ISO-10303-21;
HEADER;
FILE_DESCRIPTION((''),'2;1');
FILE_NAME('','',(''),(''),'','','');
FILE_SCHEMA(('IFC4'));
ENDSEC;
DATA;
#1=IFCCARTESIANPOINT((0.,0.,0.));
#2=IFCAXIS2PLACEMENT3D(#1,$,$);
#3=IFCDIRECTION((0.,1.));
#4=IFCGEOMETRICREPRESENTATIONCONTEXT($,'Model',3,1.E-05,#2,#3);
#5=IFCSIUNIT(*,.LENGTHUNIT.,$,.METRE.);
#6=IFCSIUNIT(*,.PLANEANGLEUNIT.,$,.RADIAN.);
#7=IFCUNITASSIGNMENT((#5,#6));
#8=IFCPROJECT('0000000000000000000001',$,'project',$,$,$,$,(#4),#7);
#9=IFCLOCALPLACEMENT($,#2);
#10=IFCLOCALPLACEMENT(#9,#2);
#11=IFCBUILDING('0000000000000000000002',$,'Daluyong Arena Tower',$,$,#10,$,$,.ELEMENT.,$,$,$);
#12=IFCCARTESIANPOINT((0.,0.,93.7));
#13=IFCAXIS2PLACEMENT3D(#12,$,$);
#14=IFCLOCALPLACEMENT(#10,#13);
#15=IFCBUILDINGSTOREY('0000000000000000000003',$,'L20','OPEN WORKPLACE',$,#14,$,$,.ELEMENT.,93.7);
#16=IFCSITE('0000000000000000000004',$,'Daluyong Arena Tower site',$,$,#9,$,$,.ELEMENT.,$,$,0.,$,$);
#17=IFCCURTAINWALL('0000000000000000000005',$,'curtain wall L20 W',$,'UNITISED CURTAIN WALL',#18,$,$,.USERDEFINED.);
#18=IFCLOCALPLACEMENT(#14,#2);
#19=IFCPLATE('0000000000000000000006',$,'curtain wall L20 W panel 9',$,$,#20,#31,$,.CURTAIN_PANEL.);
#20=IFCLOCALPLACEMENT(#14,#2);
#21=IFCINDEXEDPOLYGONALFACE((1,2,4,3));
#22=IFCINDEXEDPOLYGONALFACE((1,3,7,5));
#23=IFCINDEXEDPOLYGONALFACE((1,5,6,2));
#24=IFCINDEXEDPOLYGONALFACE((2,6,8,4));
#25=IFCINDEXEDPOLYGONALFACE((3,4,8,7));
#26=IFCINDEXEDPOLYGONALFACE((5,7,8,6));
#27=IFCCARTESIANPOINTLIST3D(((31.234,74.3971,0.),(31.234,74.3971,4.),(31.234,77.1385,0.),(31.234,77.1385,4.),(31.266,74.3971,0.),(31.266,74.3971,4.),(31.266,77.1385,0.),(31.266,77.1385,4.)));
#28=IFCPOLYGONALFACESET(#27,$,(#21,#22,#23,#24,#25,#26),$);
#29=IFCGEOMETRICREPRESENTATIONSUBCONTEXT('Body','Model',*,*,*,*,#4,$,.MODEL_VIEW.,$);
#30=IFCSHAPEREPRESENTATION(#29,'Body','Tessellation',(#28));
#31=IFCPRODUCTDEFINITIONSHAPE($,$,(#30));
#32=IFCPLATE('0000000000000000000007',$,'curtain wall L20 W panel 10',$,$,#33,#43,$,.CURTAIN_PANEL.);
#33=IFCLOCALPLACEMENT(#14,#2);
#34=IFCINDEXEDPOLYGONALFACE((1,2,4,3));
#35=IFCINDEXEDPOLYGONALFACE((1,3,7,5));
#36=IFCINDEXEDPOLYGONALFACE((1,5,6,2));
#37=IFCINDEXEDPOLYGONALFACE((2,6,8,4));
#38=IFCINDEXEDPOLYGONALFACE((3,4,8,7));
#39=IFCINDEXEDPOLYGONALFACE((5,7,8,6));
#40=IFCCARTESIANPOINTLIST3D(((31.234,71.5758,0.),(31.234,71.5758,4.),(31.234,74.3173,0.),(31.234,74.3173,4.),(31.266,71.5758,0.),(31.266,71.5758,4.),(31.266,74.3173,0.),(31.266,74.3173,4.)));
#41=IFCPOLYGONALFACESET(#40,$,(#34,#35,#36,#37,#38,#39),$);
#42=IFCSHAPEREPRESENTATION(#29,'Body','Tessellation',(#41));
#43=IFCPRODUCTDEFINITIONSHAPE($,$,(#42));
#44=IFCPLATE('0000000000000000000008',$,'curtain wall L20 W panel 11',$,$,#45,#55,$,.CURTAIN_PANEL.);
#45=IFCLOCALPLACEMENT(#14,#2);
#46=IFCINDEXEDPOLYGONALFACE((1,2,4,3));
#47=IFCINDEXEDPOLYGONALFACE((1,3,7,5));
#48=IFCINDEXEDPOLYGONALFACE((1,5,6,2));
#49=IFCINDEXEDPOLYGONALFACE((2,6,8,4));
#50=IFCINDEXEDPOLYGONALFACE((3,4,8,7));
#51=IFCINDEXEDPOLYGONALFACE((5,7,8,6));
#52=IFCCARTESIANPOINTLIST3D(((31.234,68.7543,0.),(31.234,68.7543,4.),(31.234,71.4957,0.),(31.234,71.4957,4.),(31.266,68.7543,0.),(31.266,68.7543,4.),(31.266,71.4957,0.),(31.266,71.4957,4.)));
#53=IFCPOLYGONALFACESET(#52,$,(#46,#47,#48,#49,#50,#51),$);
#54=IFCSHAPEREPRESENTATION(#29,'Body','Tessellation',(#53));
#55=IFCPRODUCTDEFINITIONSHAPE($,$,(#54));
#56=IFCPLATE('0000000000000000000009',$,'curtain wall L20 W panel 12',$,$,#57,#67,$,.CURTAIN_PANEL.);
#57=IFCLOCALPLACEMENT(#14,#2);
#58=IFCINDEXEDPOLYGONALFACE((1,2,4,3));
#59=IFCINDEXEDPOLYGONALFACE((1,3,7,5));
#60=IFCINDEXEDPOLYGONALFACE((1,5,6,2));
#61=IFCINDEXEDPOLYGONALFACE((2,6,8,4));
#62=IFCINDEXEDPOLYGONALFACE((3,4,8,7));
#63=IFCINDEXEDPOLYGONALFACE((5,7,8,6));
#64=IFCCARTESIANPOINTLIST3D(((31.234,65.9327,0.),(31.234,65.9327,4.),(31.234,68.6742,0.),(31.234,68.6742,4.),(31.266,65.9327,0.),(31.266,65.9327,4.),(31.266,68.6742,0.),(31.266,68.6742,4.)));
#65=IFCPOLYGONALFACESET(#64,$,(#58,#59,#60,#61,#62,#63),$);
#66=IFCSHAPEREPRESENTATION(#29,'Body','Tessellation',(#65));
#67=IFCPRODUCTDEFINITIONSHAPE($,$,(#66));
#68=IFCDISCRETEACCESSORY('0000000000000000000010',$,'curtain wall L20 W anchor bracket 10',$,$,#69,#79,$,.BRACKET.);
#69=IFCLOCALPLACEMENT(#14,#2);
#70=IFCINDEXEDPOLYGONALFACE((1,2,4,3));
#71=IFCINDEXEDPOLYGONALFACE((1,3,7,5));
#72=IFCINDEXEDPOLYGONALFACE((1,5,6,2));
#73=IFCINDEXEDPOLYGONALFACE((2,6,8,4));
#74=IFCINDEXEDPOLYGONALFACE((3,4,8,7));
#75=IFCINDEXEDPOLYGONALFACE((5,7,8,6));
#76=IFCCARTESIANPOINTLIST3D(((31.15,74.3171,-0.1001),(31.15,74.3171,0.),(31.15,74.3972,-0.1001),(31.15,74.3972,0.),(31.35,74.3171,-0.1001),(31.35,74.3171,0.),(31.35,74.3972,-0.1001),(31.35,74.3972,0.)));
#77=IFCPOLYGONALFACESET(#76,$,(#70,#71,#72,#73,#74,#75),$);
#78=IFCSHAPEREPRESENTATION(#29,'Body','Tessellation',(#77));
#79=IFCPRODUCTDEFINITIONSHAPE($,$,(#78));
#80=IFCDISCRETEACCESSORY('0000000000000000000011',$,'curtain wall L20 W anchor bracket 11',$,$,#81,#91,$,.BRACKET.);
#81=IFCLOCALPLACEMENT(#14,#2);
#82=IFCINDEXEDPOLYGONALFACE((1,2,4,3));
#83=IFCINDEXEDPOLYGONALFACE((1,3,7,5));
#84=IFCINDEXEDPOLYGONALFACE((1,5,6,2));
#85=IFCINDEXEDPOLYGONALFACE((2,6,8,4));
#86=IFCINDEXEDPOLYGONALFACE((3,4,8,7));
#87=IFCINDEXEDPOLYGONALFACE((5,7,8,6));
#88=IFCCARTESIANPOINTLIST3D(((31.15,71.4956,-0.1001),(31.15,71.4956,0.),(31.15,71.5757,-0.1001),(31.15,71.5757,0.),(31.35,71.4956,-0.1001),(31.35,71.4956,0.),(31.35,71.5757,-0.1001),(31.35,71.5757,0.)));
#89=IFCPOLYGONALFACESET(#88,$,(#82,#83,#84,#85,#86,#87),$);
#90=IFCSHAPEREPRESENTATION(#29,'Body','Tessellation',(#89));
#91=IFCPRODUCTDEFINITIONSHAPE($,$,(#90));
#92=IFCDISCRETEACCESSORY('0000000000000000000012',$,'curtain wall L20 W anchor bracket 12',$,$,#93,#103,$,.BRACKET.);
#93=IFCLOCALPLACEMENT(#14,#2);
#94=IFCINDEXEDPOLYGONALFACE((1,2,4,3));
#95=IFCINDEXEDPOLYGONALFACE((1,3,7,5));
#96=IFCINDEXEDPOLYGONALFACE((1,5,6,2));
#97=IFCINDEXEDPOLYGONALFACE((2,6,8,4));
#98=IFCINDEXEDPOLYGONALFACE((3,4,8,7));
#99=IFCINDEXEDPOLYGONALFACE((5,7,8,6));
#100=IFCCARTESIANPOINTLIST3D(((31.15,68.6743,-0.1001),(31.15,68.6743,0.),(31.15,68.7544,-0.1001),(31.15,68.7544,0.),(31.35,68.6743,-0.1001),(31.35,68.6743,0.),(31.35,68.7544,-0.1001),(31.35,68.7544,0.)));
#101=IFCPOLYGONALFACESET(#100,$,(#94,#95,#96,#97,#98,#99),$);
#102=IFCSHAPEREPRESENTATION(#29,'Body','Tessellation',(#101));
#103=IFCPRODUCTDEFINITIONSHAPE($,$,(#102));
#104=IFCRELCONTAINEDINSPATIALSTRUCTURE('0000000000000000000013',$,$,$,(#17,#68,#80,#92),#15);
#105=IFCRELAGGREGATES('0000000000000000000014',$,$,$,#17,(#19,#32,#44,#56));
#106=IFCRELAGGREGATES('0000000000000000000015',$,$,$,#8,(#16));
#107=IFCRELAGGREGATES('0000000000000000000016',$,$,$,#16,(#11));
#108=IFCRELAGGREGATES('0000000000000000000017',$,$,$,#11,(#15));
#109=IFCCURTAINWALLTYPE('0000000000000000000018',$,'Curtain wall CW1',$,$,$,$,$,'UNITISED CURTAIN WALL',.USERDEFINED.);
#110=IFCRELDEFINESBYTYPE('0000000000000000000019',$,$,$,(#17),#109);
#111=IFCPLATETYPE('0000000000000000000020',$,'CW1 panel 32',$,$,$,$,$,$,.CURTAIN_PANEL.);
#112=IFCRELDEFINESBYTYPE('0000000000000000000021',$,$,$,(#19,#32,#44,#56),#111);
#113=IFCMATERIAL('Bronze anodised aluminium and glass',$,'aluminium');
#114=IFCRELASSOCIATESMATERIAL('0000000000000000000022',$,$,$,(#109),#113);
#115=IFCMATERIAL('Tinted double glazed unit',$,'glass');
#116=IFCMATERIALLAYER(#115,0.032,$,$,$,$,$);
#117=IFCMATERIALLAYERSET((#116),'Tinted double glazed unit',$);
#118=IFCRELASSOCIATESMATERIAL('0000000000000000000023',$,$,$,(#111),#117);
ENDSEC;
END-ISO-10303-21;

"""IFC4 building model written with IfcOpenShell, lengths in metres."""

from ifc_helpers import new_model, si_unit, direction, frame, origin, origin_2d, place, context, subcontext, project, spatial, rectangle, extrude, material, layer, layer_set, type_object, element, aggregate, save


model = new_model("IFC4")

# Units and contexts
model_context = context("Model", 3, precision=1e-05, world=origin(), true_north=direction((0.0, 1.0)))
body_context = subcontext(model_context, "Body", "Model", "MODEL_VIEW")
ifc_project = project(units=[si_unit("LENGTHUNIT", "METRE"), si_unit("PLANEANGLEUNIT", "RADIAN")], contexts=[model_context])

# Site, building, storey
site_placement = place(None, origin())
site = spatial("IfcSite", under=ifc_project, at=site_placement, Name="Daluyong Arena Tower site", CompositionType="ELEMENT", RefElevation=0.0)
building_placement = place(site_placement, origin())
building = spatial("IfcBuilding", under=site, at=building_placement, Name="Daluyong Arena Tower", CompositionType="ELEMENT")
storey_placement = place(building_placement, frame((0.0, 0.0, 93.7)))
storey = spatial("IfcBuildingStorey", under=building, at=storey_placement, Name="L20", Description="OPEN WORKPLACE", CompositionType="ELEMENT", Elevation=93.7)

# Curtain wall
ifc_material_1 = material(Name="Bronze anodised aluminium and glass", Category="aluminium")
curtain_wall_type = type_object("IfcCurtainWallType", Name="Curtain wall CW1", ElementType="UNITISED CURTAIN WALL", PredefinedType="USERDEFINED", material=ifc_material_1)
curtain_wall_placement = place(storey_placement, origin())
curtain_wall = element("IfcCurtainWall", 1, at=curtain_wall_placement, inside=storey, type_object=curtain_wall_type, Name="curtain wall L20 W", ObjectType="UNITISED CURTAIN WALL", PredefinedType="USERDEFINED")

# Plates
ifc_material_2 = material(Name="Tinted double glazed unit", Category="glass")
ifc_layer = layer(ifc_material_2, 0.032)
ifc_layer_set = layer_set([ifc_layer], Name="Tinted double glazed unit")
plate_type = type_object("IfcPlateType", Name="CW1 panel 32", PredefinedType="CURTAIN_PANEL", material=ifc_layer_set)
plate_1_placement = place(storey_placement, frame((31.25, 75.7678, 0.0), z_axis=(0.0, 0.0, 1.0), x_axis=(0.0, -1.0, 0.0)))
plate_1 = element("IfcPlate", 2, at=plate_1_placement, type_object=plate_type, Name="curtain wall L20 W panel 9", PredefinedType="CURTAIN_PANEL", context=body_context, shape_type="SweptSolid", body=[
    extrude(rectangle(XDim=2.7415, YDim=0.032, at=origin_2d()), origin(), (0.0, 0.0, 1.0), 4.0),
])
plate_2_placement = place(storey_placement, frame((31.25, 72.9465, 0.0), z_axis=(0.0, 0.0, 1.0), x_axis=(0.0, -1.0, 0.0)))
plate_2 = element("IfcPlate", 3, at=plate_2_placement, type_object=plate_type, Name="curtain wall L20 W panel 10", PredefinedType="CURTAIN_PANEL", context=body_context, shape_type="SweptSolid", body=[
    extrude(rectangle(XDim=2.7415, YDim=0.032, at=origin_2d()), origin(), (0.0, 0.0, 1.0), 4.0),
])
plate_3_placement = place(storey_placement, frame((31.25, 70.125, 0.0), z_axis=(0.0, 0.0, 1.0), x_axis=(0.0, -1.0, 0.0)))
plate_3 = element("IfcPlate", 4, at=plate_3_placement, type_object=plate_type, Name="curtain wall L20 W panel 11", PredefinedType="CURTAIN_PANEL", context=body_context, shape_type="SweptSolid", body=[
    extrude(rectangle(XDim=2.7415, YDim=0.032, at=origin_2d()), origin(), (0.0, 0.0, 1.0), 4.0),
])
plate_4_placement = place(storey_placement, frame((31.25, 67.3035, 0.0), z_axis=(0.0, 0.0, 1.0), x_axis=(0.0, -1.0, 0.0)))
plate_4 = element("IfcPlate", 5, at=plate_4_placement, type_object=plate_type, Name="curtain wall L20 W panel 12", PredefinedType="CURTAIN_PANEL", context=body_context, shape_type="SweptSolid", body=[
    extrude(rectangle(XDim=2.7415, YDim=0.032, at=origin_2d()), origin(), (0.0, 0.0, 1.0), 4.0),
])
aggregate(curtain_wall, [plate_1, plate_2, plate_3, plate_4])

# Discrete accessories
for number, where, z_axis, x_axis, name in (
    (6, (31.25, 74.3572, -0.1001), (0.0, 0.0, 1.0), (0.0, -1.0, 0.0), "curtain wall L20 W anchor bracket 10"),
    (7, (31.25, 71.5356, -0.1001), (0.0, 0.0, 1.0), (0.0, -1.0, 0.0), "curtain wall L20 W anchor bracket 11"),
    (8, (31.25, 68.7144, -0.1001), (0.0, 0.0, 1.0), (0.0, -1.0, 0.0), "curtain wall L20 W anchor bracket 12"),
):
    element("IfcDiscreteAccessory", number, at=place(storey_placement, frame(where, z_axis=z_axis, x_axis=x_axis)), inside=storey, Name=name, PredefinedType="BRACKET", context=body_context, shape_type="SweptSolid", body=[
        extrude(rectangle(XDim=0.0801, YDim=0.2, at=origin_2d()), origin(), (0.0, 0.0, 1.0), 0.1001),
    ])

save(model, "model.ifc")
